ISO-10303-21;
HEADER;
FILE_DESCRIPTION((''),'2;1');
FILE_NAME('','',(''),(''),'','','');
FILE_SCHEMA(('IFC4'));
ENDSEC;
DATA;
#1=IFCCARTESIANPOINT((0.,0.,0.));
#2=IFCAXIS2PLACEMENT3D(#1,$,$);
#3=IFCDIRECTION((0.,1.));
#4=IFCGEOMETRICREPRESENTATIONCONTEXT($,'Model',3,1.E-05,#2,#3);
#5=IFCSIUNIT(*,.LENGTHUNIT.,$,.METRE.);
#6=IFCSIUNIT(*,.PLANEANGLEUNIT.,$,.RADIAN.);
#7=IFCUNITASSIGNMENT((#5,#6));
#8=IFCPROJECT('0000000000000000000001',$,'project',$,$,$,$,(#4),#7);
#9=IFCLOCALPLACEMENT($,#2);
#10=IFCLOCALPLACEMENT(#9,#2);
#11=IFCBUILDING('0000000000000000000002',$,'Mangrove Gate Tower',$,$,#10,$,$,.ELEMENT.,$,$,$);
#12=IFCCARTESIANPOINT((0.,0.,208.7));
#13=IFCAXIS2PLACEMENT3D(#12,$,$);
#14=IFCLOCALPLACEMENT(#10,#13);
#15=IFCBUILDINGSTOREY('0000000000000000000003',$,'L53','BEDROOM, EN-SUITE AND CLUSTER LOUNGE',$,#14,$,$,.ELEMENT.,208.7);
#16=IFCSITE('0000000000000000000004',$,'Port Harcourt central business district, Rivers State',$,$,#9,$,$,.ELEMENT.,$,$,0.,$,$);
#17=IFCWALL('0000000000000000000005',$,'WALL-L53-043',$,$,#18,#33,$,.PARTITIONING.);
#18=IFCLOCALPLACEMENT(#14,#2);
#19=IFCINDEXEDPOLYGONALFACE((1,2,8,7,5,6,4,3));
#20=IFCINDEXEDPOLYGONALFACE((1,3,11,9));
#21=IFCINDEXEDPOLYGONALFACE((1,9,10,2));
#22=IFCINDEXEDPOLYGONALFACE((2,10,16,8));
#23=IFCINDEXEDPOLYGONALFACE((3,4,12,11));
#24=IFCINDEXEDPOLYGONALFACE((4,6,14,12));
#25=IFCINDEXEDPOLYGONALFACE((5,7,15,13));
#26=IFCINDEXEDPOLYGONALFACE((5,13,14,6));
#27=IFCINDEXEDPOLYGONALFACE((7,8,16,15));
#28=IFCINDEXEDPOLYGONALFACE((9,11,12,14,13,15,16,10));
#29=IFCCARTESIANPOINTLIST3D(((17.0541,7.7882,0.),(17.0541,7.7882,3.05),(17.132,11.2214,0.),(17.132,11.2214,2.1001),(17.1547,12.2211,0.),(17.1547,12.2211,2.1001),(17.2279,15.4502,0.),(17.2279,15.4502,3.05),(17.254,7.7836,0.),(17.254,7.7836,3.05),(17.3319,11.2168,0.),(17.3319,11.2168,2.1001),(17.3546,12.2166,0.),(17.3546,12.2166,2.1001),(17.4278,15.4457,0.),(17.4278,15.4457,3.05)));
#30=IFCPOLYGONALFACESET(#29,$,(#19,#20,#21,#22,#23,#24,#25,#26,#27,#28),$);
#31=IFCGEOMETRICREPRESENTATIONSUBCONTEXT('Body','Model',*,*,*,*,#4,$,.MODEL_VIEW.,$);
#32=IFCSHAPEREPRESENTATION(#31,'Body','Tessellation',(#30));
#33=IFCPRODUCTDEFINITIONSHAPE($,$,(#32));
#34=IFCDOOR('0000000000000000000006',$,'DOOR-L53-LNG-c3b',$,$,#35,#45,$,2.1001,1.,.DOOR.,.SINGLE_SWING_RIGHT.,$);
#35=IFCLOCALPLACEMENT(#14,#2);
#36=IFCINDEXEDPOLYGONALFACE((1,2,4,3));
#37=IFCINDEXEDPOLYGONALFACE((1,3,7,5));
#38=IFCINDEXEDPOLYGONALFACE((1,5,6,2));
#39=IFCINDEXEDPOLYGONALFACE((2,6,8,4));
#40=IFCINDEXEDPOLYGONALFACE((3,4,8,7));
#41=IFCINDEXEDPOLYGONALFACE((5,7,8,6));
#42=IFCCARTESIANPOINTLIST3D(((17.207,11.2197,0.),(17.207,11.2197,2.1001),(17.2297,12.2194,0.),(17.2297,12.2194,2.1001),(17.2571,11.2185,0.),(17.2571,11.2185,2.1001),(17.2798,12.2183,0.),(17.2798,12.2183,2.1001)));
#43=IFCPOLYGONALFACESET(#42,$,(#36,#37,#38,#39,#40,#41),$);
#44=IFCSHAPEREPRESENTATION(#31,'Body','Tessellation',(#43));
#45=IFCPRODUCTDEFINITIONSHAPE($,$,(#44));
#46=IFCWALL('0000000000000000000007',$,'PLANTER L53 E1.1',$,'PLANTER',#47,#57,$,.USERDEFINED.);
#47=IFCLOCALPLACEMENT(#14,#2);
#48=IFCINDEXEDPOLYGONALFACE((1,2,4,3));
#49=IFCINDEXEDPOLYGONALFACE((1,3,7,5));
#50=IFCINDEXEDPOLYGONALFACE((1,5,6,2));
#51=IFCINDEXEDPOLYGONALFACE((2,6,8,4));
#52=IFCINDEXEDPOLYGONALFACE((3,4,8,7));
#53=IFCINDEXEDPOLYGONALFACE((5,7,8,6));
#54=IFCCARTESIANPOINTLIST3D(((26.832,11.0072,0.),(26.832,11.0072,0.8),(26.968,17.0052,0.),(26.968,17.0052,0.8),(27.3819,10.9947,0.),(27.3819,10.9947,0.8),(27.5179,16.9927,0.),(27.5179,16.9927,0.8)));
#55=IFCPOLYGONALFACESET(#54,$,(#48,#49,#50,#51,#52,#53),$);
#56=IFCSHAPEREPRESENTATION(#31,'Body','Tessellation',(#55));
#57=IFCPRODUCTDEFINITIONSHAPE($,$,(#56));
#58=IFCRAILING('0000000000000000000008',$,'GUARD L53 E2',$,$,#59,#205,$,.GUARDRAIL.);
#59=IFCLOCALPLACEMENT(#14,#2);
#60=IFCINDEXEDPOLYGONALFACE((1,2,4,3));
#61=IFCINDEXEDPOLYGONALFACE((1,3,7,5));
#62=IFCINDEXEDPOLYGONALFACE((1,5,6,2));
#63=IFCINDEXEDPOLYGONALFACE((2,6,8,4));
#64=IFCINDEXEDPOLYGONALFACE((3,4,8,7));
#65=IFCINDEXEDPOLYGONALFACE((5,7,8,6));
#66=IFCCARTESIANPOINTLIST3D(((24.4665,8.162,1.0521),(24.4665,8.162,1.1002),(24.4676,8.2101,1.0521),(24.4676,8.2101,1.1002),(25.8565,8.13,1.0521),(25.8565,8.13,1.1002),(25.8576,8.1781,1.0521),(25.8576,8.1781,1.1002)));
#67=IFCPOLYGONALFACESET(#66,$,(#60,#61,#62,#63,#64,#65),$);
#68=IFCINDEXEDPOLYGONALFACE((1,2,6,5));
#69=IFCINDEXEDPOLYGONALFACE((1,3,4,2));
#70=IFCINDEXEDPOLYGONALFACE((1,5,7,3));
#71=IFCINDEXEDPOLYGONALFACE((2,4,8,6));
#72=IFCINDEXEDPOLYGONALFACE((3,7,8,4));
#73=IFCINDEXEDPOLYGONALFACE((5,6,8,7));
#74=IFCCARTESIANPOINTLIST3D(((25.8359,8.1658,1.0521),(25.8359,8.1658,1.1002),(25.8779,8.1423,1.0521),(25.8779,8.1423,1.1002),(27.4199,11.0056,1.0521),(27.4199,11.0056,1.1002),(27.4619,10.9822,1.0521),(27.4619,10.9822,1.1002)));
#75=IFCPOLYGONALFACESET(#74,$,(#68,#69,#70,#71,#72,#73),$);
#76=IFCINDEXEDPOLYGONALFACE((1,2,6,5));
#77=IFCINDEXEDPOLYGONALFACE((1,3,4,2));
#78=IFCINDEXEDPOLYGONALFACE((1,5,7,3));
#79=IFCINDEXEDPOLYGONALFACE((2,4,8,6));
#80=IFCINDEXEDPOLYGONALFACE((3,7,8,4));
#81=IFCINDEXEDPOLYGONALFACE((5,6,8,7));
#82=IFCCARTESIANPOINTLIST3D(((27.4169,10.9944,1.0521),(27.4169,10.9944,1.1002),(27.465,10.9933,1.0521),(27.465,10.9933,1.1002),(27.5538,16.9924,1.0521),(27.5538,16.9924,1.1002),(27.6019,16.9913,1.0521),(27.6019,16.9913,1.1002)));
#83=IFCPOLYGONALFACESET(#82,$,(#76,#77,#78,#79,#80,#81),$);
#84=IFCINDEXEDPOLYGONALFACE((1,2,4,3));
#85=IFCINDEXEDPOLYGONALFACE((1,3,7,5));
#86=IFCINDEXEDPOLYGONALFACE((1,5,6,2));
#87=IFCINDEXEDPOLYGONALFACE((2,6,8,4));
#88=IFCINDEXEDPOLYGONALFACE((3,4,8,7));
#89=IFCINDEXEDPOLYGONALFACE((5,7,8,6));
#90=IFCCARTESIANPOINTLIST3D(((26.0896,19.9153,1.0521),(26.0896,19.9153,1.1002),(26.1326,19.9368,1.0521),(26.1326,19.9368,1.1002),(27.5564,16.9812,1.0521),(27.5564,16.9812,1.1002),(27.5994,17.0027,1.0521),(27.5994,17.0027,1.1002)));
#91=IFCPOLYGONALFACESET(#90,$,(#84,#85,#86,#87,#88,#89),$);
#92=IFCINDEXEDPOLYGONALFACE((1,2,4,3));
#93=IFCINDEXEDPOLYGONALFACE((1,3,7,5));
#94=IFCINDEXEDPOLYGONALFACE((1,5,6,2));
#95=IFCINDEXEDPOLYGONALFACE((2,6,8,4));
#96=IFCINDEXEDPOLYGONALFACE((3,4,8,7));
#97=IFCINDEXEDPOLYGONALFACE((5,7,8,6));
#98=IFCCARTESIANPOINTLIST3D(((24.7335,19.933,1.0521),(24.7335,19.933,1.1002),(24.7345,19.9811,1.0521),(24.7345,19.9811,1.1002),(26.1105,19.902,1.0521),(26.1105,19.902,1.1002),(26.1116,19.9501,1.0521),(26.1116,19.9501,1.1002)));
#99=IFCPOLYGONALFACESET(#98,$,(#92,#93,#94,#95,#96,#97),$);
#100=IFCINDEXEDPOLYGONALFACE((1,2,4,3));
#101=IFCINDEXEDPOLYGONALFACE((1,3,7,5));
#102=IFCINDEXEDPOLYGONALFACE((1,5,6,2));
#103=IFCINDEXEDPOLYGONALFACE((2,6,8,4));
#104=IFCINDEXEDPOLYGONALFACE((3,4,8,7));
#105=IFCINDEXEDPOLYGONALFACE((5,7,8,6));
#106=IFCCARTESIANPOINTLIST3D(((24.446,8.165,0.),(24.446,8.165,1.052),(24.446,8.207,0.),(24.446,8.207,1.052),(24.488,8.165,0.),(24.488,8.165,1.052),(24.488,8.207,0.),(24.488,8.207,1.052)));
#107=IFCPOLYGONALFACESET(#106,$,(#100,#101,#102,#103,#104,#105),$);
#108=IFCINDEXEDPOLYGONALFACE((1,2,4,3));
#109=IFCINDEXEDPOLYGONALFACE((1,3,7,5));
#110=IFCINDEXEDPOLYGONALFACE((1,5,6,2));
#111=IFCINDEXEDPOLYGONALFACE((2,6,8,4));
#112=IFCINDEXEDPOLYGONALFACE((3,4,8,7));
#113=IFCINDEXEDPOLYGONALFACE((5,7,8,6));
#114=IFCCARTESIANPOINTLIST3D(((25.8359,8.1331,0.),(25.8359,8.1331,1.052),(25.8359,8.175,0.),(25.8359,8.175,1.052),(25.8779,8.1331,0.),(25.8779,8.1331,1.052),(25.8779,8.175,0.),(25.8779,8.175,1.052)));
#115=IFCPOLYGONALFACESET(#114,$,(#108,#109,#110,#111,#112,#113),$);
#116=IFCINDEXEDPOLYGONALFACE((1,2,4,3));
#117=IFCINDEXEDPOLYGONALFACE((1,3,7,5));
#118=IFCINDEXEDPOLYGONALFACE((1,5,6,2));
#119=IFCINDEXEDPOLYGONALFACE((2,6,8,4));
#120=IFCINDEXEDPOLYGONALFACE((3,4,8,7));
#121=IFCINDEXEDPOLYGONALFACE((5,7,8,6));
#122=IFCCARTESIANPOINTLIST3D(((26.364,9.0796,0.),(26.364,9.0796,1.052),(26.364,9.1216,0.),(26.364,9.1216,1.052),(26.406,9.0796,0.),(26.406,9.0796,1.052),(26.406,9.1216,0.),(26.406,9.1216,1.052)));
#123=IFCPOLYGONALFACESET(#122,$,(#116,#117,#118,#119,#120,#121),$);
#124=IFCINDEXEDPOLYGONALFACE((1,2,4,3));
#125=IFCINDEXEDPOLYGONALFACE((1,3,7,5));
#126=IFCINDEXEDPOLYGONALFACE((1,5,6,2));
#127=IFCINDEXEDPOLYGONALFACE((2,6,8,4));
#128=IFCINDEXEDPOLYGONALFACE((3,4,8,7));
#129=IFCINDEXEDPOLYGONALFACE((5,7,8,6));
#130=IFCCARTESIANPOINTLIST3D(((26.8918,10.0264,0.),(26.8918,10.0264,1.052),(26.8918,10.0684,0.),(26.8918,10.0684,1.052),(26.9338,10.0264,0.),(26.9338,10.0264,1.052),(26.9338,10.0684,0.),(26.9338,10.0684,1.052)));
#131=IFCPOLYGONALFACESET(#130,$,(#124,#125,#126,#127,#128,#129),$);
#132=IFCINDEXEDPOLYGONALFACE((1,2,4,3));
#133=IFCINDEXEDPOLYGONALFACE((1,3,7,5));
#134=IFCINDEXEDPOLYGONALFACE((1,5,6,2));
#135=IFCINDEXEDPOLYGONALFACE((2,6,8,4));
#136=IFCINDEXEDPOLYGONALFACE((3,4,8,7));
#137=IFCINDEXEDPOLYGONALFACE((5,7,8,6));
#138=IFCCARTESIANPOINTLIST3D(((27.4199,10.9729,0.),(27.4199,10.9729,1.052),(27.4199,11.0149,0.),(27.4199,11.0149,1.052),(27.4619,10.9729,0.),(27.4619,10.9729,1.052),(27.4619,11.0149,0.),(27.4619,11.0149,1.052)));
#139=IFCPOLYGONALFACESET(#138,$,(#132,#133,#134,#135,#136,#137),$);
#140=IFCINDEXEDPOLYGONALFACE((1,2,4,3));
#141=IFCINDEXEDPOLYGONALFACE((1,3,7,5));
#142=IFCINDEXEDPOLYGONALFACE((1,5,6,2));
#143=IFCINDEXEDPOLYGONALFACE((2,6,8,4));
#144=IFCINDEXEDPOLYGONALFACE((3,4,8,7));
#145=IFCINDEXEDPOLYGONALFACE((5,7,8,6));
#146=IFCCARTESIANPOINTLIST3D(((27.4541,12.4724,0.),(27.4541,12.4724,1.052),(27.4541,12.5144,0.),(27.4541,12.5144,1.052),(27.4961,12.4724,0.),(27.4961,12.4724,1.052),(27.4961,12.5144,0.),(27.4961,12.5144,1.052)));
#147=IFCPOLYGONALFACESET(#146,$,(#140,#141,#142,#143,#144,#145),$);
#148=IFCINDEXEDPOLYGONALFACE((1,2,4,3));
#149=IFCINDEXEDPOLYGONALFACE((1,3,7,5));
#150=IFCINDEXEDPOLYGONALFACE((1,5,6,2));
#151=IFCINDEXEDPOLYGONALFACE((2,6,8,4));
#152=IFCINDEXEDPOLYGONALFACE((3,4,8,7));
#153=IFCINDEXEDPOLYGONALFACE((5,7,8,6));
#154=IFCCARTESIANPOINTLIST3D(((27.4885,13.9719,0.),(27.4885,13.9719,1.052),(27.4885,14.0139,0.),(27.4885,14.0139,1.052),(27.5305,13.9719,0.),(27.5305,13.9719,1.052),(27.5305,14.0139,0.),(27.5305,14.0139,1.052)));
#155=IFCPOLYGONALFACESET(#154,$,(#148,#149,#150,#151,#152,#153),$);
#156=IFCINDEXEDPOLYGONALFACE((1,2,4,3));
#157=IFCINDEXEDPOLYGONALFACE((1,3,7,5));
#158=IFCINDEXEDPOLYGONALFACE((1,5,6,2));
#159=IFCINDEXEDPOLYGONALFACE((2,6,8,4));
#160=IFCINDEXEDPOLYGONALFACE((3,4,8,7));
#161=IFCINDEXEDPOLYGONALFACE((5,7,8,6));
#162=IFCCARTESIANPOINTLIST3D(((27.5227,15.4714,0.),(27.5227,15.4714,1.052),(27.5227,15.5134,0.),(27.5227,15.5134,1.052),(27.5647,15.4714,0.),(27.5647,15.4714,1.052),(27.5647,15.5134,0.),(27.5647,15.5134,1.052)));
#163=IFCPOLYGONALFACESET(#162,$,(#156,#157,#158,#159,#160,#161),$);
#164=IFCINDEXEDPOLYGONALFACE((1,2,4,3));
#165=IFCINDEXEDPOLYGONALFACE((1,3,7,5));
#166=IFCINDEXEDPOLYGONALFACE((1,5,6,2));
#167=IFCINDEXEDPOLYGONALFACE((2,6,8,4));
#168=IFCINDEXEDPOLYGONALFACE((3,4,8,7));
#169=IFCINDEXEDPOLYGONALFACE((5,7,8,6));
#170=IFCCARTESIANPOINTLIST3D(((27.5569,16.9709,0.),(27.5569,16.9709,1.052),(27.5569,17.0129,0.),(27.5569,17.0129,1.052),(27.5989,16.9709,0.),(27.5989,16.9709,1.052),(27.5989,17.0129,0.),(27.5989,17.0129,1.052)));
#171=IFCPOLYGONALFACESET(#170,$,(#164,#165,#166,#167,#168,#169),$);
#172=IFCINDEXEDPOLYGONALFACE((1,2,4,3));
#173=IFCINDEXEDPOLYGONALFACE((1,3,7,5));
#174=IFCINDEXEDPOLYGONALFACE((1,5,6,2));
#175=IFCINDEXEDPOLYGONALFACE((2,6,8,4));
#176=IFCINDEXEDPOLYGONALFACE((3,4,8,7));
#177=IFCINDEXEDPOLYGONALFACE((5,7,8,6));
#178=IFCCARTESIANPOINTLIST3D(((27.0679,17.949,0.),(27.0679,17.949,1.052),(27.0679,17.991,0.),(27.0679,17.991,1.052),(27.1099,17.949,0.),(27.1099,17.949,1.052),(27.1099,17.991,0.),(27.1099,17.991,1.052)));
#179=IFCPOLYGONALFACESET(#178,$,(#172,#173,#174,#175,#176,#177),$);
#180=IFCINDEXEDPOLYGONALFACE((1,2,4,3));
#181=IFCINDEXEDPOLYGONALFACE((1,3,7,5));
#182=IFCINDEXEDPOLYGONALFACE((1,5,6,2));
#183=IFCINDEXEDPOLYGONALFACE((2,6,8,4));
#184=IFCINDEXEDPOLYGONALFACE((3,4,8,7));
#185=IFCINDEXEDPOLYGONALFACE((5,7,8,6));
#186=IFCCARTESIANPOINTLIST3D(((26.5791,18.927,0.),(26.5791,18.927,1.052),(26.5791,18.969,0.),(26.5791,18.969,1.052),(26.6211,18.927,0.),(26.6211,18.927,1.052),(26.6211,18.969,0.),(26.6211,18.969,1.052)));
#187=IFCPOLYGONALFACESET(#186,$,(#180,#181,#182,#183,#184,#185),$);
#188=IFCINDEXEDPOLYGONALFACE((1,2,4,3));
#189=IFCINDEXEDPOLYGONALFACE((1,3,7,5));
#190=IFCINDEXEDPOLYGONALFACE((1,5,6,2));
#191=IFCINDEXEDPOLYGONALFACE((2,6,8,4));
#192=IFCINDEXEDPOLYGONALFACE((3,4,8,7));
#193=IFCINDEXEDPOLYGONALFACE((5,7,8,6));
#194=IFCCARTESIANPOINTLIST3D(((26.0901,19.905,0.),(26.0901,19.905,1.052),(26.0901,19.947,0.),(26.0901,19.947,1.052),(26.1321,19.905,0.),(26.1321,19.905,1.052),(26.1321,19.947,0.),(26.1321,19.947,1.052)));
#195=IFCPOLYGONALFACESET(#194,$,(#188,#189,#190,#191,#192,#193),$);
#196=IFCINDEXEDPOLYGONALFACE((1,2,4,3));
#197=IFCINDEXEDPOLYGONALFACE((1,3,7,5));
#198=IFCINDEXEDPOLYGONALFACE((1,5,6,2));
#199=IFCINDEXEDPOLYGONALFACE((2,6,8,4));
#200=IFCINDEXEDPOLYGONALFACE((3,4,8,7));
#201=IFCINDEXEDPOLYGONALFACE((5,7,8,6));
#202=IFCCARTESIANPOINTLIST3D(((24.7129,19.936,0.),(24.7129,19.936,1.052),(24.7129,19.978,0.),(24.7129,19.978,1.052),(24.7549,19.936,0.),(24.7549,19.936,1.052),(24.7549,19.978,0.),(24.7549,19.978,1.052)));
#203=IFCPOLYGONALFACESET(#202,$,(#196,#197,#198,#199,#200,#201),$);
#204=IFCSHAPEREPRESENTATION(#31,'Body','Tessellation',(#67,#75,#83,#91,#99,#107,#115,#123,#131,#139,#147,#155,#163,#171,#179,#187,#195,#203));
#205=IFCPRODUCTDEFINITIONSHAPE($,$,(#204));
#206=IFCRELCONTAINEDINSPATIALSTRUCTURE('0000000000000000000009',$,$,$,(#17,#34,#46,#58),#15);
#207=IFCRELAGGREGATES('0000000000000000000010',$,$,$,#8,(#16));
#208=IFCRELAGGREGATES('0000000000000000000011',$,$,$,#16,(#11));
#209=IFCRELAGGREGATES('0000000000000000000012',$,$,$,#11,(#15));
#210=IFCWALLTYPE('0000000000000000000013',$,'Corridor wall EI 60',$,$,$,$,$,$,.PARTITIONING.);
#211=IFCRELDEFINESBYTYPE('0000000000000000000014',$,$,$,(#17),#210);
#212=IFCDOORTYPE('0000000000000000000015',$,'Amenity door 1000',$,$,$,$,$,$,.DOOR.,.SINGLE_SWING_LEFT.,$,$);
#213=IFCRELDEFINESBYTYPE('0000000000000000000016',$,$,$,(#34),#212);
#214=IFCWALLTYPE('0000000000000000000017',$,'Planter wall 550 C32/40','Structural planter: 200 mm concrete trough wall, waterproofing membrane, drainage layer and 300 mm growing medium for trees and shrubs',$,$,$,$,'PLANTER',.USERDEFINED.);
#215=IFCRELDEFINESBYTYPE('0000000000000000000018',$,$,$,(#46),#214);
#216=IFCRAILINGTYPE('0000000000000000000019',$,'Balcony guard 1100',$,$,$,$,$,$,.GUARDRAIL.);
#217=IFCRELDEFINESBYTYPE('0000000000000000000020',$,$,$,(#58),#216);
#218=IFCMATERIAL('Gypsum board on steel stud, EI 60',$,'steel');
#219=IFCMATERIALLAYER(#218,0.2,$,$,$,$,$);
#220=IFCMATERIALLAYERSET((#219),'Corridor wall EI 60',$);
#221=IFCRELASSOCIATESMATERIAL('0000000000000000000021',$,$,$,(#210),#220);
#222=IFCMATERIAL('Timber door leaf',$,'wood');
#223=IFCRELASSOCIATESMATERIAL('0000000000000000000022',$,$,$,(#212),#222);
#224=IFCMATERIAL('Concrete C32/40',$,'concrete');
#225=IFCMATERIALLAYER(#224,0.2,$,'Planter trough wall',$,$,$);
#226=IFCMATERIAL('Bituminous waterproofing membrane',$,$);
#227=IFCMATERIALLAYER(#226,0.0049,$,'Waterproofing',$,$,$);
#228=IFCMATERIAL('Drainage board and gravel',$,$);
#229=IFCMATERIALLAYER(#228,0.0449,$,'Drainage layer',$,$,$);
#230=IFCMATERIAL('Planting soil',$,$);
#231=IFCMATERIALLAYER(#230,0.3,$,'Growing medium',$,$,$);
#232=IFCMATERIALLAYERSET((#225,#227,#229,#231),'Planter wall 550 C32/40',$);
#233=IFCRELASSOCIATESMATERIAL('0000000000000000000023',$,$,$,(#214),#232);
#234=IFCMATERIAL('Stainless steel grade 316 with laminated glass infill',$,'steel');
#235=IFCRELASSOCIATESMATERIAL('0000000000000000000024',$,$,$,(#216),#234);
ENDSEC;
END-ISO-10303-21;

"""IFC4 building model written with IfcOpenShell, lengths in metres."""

from ifc_helpers import new_model, si_unit, direction, frame, frame_2d, origin, origin_2d, place, context, subcontext, project, spatial, rectangle, extrude, material, layer, layer_set, type_object, element, fill, save


model = new_model("IFC4")

# Units and contexts
model_context = context("Model", 3, precision=1e-05, world=origin(), true_north=direction((0.0, 1.0)))
body_context = subcontext(model_context, "Body", "Model", "MODEL_VIEW")
ifc_project = project(units=[si_unit("LENGTHUNIT", "METRE"), si_unit("PLANEANGLEUNIT", "RADIAN")], contexts=[model_context])

# Site, building, storey
site_placement = place(None, origin())
site = spatial("IfcSite", under=ifc_project, at=site_placement, Name="Port Harcourt central business district, Rivers State", CompositionType="ELEMENT", RefElevation=0.0)
building_placement = place(site_placement, origin())
building = spatial("IfcBuilding", under=site, at=building_placement, Name="Mangrove Gate Tower", CompositionType="ELEMENT")
storey_placement = place(building_placement, frame((0.0, 0.0, 208.7)))
storey = spatial("IfcBuildingStorey", under=building, at=storey_placement, Name="L53", Description="BEDROOM, EN-SUITE AND CLUSTER LOUNGE", CompositionType="ELEMENT", Elevation=208.7)

# Wall, opening, door
ifc_material_1 = material(Name="Gypsum board on steel stud, EI 60", Category="steel")
ifc_layer_1 = layer(ifc_material_1, 0.2)
ifc_layer_set_1 = layer_set([ifc_layer_1], Name="Corridor wall EI 60")
wall_type_1 = type_object("IfcWallType", Name="Corridor wall EI 60", PredefinedType="PARTITIONING", material=ifc_layer_set_1)
wall_1_placement = place(storey_placement, frame((17.1541, 7.7859, 0.0), z_axis=(0.0, 0.0, 1.0), x_axis=(0.022681, 0.999743, 0.0)))
wall_1 = element("IfcWall", 1, at=wall_1_placement, inside=storey, type_object=wall_type_1, Name="WALL-L53-043", PredefinedType="PARTITIONING", context=body_context, shape_type="SweptSolid", body=[
    extrude(rectangle(XDim=7.6641, YDim=0.2, at=frame_2d((3.832, 0.0))), origin(), (0.0, 0.0, 1.0), 3.05),
])
opening_1_placement = place(wall_1_placement, frame((3.4341, 0.0, 0.0)))
opening_1 = element("IfcOpeningElement", 2, at=opening_1_placement, cuts=wall_1, PredefinedType="OPENING", context=body_context, shape_type="SweptSolid", body=[
    extrude(rectangle(XDim=1.0, YDim=2.1001, at=frame_2d((0.5, 1.05))), frame((0.0, 0.1099, 0.0), z_axis=(0.0, -1.0, 0.0), x_axis=(1.0, 0.0, 0.0)), (0.0, 0.0, 1.0), 0.22),
])
ifc_material_2 = material(Name="Timber door leaf", Category="wood")
door_type_1 = type_object("IfcDoorType", Name="Amenity door 1000", OperationType="SINGLE_SWING_LEFT", PredefinedType="DOOR", material=ifc_material_2)
door_1_placement = place(opening_1_placement, origin())
door_1 = element("IfcDoor", 3, at=door_1_placement, inside=storey, type_object=door_type_1, Name="DOOR-L53-LNG-c3b", OperationType="SINGLE_SWING_RIGHT", OverallHeight=2.1001, OverallWidth=1.0, PredefinedType="DOOR", context=body_context, shape_type="SweptSolid", body=[
    extrude(rectangle(XDim=1.0, YDim=2.1001, at=frame_2d((0.5, 1.05))), frame((0.0, 0.0249, 0.0), z_axis=(0.0, -1.0, 0.0), x_axis=(1.0, 0.0, 0.0)), (0.0, 0.0, 1.0), 0.05),
])
fill(opening_1, door_1)

# Wall
ifc_material_3 = material(Name="Concrete C32/40", Category="concrete")
ifc_layer_2 = layer(ifc_material_3, 0.2, Name="Planter trough wall")
ifc_material_4 = material(Name="Bituminous waterproofing membrane")
ifc_layer_3 = layer(ifc_material_4, 0.0049, Name="Waterproofing")
ifc_material_5 = material(Name="Drainage board and gravel")
ifc_layer_4 = layer(ifc_material_5, 0.0449, Name="Drainage layer")
ifc_material_6 = material(Name="Planting soil")
ifc_layer_5 = layer(ifc_material_6, 0.3, Name="Growing medium")
ifc_layer_set_2 = layer_set([ifc_layer_2, ifc_layer_3, ifc_layer_4, ifc_layer_5], Name="Planter wall 550 C32/40")
wall_type_2 = type_object("IfcWallType", Name="Planter wall 550 C32/40", Description="Structural planter: 200 mm concrete trough wall, waterproofing membrane, drainage layer and 300 mm growing medium for trees and shrubs", ElementType="PLANTER", PredefinedType="USERDEFINED", material=ifc_layer_set_2)
wall_2_placement = place(storey_placement, frame((27.1069, 11.001, 0.0), z_axis=(0.0, 0.0, 1.0), x_axis=(0.022666, 0.999743, 0.0)))
element("IfcWall", 4, at=wall_2_placement, inside=storey, type_object=wall_type_2, Name="PLANTER L53 E1.1", ObjectType="PLANTER", PredefinedType="USERDEFINED", context=body_context, shape_type="SweptSolid", body=[
    extrude(rectangle(XDim=5.9995, YDim=0.55, at=frame_2d((2.9998, 0.0))), origin(), (0.0, 0.0, 1.0), 0.8),
])

# Railing
ifc_material_7 = material(Name="Stainless steel grade 316 with laminated glass infill", Category="steel")
railing_type = type_object("IfcRailingType", Name="Balcony guard 1100", PredefinedType="GUARDRAIL", material=ifc_material_7)
railing_placement = place(storey_placement, frame((24.467, 8.186, 0.0)))
element("IfcRailing", 5, at=railing_placement, inside=storey, type_object=railing_type, Name="GUARD L53 E2", PredefinedType="GUARDRAIL", context=body_context, shape_type="SweptSolid", body=[
    extrude(rectangle(XDim=0.0481, YDim=0.0481, at=origin_2d()), frame((0.0, 0.0, 1.0762), z_axis=(0.999735, -0.023005, 0.0), x_axis=(0.023005, 0.999735, 0.0)), (0.0, 0.0, 1.0), 1.3904),
    extrude(rectangle(XDim=0.0481, YDim=0.0481, at=origin_2d()), frame((1.3899, -0.032, 1.0762), z_axis=(0.487121, 0.873334, 0.0), x_axis=(-0.873334, 0.487121, 0.0)), (0.0, 0.0, 1.0), 3.2517),
    extrude(rectangle(XDim=0.0481, YDim=0.0481, at=origin_2d()), frame((2.9739, 2.8079, 1.0762), z_axis=(0.022829, 0.999739, 0.0), x_axis=(-0.999739, 0.022829, 0.0)), (0.0, 0.0, 1.0), 5.9995),
    extrude(rectangle(XDim=0.0481, YDim=0.0481, at=origin_2d()), frame((3.1108, 8.8059, 1.0762), z_axis=(-0.447154, 0.894457, 0.0), x_axis=(-0.894457, -0.447154, 0.0)), (0.0, 0.0, 1.0), 3.2803),
    extrude(rectangle(XDim=0.0481, YDim=0.0481, at=origin_2d()), frame((1.644, 11.74, 1.0762), z_axis=(-0.999747, 0.022508, 0.0), x_axis=(-0.022508, -0.999747, 0.0)), (0.0, 0.0, 1.0), 1.3774),
    extrude(rectangle(XDim=0.042, YDim=0.042, at=origin_2d()), origin(), (0.0, 0.0, 1.0), 1.052),
    extrude(rectangle(XDim=0.042, YDim=0.042, at=origin_2d()), frame((1.3899, -0.032, 0.0)), (0.0, 0.0, 1.0), 1.052),
    extrude(rectangle(XDim=0.042, YDim=0.042, at=origin_2d()), frame((1.918, 0.9146, 0.0)), (0.0, 0.0, 1.0), 1.052),
    extrude(rectangle(XDim=0.042, YDim=0.042, at=origin_2d()), frame((2.4458, 1.8613, 0.0)), (0.0, 0.0, 1.0), 1.052),
    extrude(rectangle(XDim=0.042, YDim=0.042, at=origin_2d()), frame((2.9739, 2.8079, 0.0)), (0.0, 0.0, 1.0), 1.052),
    extrude(rectangle(XDim=0.042, YDim=0.042, at=origin_2d()), frame((3.0081, 4.3074, 0.0)), (0.0, 0.0, 1.0), 1.052),
    extrude(rectangle(XDim=0.042, YDim=0.042, at=origin_2d()), frame((3.0425, 5.8069, 0.0)), (0.0, 0.0, 1.0), 1.052),
    extrude(rectangle(XDim=0.042, YDim=0.042, at=origin_2d()), frame((3.0767, 7.3064, 0.0)), (0.0, 0.0, 1.0), 1.052),
    extrude(rectangle(XDim=0.042, YDim=0.042, at=origin_2d()), frame((3.1108, 8.8059, 0.0)), (0.0, 0.0, 1.0), 1.052),
    extrude(rectangle(XDim=0.042, YDim=0.042, at=origin_2d()), frame((2.6218, 9.7839, 0.0)), (0.0, 0.0, 1.0), 1.052),
    extrude(rectangle(XDim=0.042, YDim=0.042, at=origin_2d()), frame((2.1331, 10.762, 0.0)), (0.0, 0.0, 1.0), 1.052),
    extrude(rectangle(XDim=0.042, YDim=0.042, at=origin_2d()), frame((1.644, 11.74, 0.0)), (0.0, 0.0, 1.0), 1.052),
    extrude(rectangle(XDim=0.042, YDim=0.042, at=origin_2d()), frame((0.2668, 11.771, 0.0)), (0.0, 0.0, 1.0), 1.052),
])

save(model, "model.ifc")
